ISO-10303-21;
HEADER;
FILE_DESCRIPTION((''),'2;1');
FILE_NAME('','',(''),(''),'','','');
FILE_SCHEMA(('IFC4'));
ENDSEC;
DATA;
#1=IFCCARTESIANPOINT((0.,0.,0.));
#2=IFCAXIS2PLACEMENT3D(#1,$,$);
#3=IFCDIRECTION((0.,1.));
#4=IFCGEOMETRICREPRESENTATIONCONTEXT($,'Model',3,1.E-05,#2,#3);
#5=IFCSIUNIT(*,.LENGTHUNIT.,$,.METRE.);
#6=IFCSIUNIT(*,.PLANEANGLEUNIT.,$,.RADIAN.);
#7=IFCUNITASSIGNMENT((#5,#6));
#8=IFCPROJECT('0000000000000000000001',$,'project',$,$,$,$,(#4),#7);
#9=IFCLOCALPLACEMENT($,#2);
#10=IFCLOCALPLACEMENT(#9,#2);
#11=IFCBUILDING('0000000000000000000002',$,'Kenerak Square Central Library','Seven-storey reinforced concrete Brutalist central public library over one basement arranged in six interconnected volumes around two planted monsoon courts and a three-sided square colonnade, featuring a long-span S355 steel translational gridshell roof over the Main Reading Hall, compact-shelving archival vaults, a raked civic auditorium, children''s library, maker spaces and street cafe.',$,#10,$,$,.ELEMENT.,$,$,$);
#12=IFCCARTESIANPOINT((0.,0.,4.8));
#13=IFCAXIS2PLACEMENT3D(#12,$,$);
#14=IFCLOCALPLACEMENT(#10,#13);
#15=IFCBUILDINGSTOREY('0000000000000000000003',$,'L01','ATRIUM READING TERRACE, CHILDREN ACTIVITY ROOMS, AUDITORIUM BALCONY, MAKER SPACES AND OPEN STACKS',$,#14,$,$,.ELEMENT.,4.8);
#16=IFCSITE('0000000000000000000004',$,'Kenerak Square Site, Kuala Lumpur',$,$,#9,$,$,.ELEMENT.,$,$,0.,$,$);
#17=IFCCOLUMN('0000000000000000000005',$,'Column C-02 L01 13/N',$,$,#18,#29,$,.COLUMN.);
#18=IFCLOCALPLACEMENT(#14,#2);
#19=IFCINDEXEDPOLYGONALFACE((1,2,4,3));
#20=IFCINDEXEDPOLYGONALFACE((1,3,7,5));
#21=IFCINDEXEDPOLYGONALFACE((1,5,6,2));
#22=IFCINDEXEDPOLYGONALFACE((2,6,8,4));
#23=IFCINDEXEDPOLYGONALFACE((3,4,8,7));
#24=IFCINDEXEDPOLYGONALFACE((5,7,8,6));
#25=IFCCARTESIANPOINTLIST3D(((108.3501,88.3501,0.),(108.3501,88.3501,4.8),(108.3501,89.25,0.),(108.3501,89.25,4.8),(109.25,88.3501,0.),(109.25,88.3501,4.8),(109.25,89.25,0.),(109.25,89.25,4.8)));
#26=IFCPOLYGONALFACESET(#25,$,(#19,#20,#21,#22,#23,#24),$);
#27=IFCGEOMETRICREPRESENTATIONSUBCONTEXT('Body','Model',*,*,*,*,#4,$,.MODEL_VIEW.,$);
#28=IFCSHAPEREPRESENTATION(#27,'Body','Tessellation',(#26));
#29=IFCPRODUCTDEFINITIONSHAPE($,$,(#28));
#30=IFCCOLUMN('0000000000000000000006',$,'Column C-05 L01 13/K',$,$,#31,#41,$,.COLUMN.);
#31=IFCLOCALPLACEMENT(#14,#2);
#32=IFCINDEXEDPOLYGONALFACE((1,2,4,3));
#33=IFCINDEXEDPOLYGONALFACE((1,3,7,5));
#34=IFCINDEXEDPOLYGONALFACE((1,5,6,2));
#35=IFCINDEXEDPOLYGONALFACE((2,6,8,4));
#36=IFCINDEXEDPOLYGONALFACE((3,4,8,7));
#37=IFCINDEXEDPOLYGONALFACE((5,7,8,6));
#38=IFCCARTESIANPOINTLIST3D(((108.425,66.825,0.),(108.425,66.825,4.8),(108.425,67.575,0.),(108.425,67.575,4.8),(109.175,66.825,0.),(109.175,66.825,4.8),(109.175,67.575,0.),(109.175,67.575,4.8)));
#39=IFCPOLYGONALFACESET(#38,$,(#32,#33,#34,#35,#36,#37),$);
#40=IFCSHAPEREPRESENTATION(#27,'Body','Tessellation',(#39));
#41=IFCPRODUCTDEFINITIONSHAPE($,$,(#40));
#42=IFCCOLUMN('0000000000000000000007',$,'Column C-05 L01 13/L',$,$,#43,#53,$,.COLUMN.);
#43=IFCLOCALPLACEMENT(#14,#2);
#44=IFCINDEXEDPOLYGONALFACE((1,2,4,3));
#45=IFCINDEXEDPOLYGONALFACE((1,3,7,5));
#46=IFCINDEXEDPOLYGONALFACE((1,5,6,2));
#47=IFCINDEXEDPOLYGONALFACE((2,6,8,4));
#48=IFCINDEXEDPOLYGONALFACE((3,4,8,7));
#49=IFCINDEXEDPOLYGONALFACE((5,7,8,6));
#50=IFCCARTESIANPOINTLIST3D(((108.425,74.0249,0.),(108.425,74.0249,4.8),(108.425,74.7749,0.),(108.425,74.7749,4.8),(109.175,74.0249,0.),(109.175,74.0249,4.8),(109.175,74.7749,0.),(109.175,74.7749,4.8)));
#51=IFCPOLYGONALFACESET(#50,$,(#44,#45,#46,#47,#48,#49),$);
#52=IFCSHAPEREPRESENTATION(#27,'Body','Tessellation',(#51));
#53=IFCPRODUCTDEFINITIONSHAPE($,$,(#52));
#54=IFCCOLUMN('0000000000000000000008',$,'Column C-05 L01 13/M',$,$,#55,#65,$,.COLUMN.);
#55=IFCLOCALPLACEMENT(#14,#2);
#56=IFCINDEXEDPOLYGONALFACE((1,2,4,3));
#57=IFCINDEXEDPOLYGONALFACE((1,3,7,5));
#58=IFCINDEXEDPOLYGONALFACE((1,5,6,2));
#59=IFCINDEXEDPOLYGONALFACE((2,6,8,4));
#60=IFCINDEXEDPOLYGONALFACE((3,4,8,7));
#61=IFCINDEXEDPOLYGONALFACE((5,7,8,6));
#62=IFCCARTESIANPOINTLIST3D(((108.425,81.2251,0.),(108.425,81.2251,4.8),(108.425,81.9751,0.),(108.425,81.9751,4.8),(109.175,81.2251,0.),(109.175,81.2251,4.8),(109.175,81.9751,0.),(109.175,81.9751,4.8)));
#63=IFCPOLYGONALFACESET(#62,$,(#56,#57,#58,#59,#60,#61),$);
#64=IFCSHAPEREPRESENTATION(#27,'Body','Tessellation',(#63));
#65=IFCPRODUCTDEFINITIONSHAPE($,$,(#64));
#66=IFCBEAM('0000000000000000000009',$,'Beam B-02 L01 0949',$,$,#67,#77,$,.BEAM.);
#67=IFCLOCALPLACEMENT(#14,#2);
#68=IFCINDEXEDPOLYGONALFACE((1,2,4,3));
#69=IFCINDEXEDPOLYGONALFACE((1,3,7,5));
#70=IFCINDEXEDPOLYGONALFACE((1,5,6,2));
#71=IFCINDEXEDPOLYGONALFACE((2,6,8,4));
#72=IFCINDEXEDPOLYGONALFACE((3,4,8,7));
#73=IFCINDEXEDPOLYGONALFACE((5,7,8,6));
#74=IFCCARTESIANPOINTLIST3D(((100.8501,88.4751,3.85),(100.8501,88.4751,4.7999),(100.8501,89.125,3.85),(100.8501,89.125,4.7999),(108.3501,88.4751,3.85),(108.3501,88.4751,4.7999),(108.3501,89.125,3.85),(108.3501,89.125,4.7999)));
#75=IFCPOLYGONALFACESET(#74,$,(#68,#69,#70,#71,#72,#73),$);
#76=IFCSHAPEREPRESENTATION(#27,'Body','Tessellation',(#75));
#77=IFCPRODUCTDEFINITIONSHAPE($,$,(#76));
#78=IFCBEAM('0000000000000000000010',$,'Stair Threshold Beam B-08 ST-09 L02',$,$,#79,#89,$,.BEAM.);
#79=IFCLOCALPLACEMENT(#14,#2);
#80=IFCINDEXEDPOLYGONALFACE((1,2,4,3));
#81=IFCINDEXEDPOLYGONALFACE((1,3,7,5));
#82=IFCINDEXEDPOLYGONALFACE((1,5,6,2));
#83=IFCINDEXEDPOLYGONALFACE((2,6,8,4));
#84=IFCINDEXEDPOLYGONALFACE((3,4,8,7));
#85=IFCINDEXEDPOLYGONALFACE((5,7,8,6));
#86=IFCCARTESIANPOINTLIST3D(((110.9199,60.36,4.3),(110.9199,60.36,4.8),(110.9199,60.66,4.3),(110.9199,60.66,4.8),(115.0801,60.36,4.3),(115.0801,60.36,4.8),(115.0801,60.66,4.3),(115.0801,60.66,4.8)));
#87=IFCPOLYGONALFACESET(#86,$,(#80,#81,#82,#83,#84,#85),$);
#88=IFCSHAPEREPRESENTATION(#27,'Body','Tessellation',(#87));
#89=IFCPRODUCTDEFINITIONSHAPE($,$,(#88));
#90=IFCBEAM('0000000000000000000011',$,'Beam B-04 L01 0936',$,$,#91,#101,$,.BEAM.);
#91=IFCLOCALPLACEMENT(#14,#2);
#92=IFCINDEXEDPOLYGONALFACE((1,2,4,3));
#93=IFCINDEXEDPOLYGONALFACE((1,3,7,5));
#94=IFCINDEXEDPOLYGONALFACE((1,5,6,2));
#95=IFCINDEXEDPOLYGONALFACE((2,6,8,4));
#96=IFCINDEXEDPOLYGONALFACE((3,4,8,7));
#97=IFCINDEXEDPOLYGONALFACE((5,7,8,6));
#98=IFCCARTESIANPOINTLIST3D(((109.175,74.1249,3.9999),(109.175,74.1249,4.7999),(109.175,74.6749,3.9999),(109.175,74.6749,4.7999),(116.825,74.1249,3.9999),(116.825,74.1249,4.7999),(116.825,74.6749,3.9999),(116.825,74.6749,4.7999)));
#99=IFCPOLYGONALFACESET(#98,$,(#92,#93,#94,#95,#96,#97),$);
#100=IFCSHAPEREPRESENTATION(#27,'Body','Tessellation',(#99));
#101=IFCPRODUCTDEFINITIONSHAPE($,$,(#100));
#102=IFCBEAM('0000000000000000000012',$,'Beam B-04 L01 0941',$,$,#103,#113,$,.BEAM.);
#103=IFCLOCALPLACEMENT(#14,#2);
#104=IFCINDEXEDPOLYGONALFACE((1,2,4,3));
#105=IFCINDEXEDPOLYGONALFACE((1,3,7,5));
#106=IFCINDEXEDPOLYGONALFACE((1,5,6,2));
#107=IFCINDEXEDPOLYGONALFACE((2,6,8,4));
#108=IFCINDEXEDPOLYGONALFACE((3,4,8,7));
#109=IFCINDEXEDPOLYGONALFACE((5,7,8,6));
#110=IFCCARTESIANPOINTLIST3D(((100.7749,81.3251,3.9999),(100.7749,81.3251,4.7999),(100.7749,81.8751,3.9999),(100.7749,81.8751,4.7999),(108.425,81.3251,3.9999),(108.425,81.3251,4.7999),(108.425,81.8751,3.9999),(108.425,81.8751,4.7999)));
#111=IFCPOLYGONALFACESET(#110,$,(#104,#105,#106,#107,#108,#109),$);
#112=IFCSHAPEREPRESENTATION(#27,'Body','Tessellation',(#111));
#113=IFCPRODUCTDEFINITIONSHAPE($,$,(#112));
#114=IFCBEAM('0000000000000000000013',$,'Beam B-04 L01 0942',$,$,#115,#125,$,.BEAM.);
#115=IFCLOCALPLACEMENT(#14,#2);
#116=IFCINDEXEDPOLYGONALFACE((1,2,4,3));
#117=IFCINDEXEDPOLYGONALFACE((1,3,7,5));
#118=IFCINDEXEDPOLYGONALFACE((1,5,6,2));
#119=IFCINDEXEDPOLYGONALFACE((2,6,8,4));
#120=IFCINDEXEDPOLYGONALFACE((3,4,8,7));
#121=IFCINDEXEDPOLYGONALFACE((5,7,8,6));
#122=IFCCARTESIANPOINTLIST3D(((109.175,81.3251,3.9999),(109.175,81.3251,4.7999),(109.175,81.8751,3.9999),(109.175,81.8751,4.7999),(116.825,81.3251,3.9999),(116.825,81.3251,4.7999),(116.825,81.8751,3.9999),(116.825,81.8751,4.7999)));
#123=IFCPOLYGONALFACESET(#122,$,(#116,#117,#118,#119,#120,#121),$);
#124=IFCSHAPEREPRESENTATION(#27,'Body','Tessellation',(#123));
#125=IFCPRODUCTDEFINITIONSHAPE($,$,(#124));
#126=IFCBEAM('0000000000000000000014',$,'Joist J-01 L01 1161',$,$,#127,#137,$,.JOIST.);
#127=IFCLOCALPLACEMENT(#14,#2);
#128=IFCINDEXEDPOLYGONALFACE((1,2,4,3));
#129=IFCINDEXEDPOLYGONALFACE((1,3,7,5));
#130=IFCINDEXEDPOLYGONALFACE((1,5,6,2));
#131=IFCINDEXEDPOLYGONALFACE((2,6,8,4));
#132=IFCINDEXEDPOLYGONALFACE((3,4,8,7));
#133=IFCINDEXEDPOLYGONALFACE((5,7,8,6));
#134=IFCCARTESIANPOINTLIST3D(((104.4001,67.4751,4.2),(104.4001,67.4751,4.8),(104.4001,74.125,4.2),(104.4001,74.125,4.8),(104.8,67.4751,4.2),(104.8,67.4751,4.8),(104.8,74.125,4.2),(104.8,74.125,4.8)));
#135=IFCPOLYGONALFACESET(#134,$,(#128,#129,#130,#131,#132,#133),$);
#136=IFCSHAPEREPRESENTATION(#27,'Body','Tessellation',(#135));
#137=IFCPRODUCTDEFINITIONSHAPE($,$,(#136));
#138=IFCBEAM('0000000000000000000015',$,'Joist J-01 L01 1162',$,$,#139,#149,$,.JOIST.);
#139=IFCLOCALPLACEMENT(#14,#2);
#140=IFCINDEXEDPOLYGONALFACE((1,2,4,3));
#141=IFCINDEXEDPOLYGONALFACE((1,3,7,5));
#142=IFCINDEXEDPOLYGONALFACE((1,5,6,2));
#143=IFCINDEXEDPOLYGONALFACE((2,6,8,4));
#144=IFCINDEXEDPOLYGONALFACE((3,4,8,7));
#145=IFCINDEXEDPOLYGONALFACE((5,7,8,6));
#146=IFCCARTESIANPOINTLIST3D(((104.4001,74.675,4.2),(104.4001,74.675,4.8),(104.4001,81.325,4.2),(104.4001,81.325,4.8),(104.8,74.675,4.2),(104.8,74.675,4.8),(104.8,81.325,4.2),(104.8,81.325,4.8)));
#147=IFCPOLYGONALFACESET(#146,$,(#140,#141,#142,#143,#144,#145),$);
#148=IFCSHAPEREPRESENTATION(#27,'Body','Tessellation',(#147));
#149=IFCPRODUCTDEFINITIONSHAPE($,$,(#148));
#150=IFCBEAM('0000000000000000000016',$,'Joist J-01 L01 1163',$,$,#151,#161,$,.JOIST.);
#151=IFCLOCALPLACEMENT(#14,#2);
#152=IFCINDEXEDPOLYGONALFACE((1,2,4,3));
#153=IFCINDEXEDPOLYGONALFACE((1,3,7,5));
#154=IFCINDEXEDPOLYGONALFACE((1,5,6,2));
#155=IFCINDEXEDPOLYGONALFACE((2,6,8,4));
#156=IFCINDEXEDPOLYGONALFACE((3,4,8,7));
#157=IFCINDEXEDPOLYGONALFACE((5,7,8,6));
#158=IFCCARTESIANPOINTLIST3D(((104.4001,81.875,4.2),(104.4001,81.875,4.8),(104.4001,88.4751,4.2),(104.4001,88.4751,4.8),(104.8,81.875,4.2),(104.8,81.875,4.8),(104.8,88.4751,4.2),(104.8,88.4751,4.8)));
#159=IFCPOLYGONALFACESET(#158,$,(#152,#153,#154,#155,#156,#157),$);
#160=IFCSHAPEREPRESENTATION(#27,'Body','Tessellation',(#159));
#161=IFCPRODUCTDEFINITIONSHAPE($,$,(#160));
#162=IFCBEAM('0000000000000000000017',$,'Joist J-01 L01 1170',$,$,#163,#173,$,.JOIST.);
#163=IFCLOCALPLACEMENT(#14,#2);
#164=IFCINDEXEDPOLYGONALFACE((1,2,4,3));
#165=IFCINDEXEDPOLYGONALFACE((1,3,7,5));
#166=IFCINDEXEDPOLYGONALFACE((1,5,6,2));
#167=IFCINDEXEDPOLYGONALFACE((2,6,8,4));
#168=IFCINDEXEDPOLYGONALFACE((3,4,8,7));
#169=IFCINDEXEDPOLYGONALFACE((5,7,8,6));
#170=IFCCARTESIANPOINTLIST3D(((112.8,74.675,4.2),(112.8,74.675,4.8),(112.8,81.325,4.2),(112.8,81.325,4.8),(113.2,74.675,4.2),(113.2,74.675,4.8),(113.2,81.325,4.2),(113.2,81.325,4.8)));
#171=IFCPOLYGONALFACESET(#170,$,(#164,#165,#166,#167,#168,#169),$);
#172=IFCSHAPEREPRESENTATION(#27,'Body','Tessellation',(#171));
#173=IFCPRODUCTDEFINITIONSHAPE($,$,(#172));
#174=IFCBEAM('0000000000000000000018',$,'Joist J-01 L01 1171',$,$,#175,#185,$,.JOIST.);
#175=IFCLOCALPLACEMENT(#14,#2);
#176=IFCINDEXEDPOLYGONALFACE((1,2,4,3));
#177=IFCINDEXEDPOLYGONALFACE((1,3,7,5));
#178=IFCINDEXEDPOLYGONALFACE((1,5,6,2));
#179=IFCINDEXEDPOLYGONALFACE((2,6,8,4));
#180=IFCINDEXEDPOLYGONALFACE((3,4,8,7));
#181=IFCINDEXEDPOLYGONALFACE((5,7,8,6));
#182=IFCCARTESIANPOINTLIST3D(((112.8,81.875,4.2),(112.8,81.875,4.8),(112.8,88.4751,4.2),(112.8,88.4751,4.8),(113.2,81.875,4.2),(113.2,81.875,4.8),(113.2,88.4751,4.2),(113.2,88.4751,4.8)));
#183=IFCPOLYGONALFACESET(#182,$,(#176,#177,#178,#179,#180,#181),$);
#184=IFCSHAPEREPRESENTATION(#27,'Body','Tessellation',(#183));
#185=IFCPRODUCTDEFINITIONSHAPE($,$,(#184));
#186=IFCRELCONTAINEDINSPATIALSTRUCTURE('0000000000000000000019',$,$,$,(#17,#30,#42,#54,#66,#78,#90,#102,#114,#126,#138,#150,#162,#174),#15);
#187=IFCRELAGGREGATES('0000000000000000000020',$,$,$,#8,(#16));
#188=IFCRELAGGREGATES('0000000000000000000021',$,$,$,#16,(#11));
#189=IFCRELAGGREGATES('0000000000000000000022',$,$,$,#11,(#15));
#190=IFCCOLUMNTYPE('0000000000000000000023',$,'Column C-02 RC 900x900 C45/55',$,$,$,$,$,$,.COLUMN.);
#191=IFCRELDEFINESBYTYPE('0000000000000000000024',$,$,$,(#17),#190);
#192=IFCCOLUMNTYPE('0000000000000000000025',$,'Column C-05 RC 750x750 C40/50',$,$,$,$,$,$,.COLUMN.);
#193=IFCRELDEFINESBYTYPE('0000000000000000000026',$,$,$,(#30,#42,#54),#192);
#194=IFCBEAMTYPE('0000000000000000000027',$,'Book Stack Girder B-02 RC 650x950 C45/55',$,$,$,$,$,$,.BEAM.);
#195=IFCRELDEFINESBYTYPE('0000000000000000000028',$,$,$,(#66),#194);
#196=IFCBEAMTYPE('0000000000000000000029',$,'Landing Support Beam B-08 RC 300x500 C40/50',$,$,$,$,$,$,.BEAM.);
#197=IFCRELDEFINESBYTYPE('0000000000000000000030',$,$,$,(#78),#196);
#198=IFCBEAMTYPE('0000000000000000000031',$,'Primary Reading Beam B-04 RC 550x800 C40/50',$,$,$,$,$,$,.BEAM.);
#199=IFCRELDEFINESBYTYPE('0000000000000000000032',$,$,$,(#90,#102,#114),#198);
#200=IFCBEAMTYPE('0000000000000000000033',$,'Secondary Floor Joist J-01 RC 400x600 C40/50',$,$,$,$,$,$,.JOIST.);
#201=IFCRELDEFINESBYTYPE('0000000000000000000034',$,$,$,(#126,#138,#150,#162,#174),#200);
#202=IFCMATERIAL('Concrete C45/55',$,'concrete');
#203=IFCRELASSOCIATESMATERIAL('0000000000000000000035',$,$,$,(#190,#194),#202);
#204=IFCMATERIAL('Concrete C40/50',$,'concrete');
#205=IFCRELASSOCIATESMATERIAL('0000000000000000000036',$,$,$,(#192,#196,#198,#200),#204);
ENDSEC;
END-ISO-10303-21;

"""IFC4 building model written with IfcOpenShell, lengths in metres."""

from ifc_helpers import new_model, si_unit, direction, frame, origin, origin_2d, place, context, subcontext, project, spatial, rectangle, extrude, material, material_profile, profile_set, type_object, element, save


model = new_model("IFC4")

# Units and contexts
model_context = context("Model", 3, precision=1e-05, world=origin(), true_north=direction((0.0, 1.0)))
body_context = subcontext(model_context, "Body", "Model", "MODEL_VIEW")
ifc_project = project(units=[si_unit("LENGTHUNIT", "METRE"), si_unit("PLANEANGLEUNIT", "RADIAN")], contexts=[model_context])

# Site, building, storey
site_placement = place(None, origin())
site = spatial("IfcSite", under=ifc_project, at=site_placement, Name="Kenerak Square Site, Kuala Lumpur", CompositionType="ELEMENT", RefElevation=0.0)
building_placement = place(site_placement, origin())
building = spatial("IfcBuilding", under=site, at=building_placement, Name="Kenerak Square Central Library", Description="Seven-storey reinforced concrete Brutalist central public library over one basement arranged in six interconnected volumes around two planted monsoon courts and a three-sided square colonnade, featuring a long-span S355 steel translational gridshell roof over the Main Reading Hall, compact-shelving archival vaults, a raked civic auditorium, children's library, maker spaces and street cafe.", CompositionType="ELEMENT")
storey_placement = place(building_placement, frame((0.0, 0.0, 4.8)))
storey = spatial("IfcBuildingStorey", under=building, at=storey_placement, Name="L01", Description="ATRIUM READING TERRACE, CHILDREN ACTIVITY ROOMS, AUDITORIUM BALCONY, MAKER SPACES AND OPEN STACKS", CompositionType="ELEMENT", Elevation=4.8)

# Columns
ifc_material_1 = material(Name="Concrete C45/55", Category="concrete")
ifc_material_profile_1 = material_profile(ifc_material_1, rectangle(XDim=0.8999, YDim=0.8999, at=origin_2d()), Name="RC 900x900")
ifc_profile_set_1 = profile_set([ifc_material_profile_1], Name="Concrete C45/55")
column_type_1 = type_object("IfcColumnType", Name="Column C-02 RC 900x900 C45/55", PredefinedType="COLUMN", material=ifc_profile_set_1)
column_placement = place(storey_placement, frame((108.8, 88.8, 0.0), z_axis=(0.0, 0.0, 1.0), x_axis=(1.0, 0.0, 0.0)))
element("IfcColumn", 1, at=column_placement, inside=storey, type_object=column_type_1, Name="Column C-02 L01 13/N", PredefinedType="COLUMN", context=body_context, shape_type="SweptSolid", body=[
    extrude(rectangle(XDim=0.8999, YDim=0.8999, at=origin_2d()), origin(), (0.0, 0.0, 1.0), 4.8),
])
ifc_material_2 = material(Name="Concrete C40/50", Category="concrete")
ifc_material_profile_2 = material_profile(ifc_material_2, rectangle(XDim=0.75, YDim=0.75, at=origin_2d()), Name="RC 750x750")
ifc_profile_set_2 = profile_set([ifc_material_profile_2], Name="Concrete C40/50")
column_type_2 = type_object("IfcColumnType", Name="Column C-05 RC 750x750 C40/50", PredefinedType="COLUMN", material=ifc_profile_set_2)
for number, where, z_axis, x_axis, name in (
    (2, (108.8, 67.2, 0.0), (0.0, 0.0, 1.0), (1.0, 0.0, 0.0), "Column C-05 L01 13/K"),
    (3, (108.8, 74.3999, 0.0), (0.0, 0.0, 1.0), (1.0, 0.0, 0.0), "Column C-05 L01 13/L"),
    (4, (108.8, 81.6001, 0.0), (0.0, 0.0, 1.0), (1.0, 0.0, 0.0), "Column C-05 L01 13/M"),
):
    element("IfcColumn", number, at=place(storey_placement, frame(where, z_axis=z_axis, x_axis=x_axis)), inside=storey, type_object=column_type_2, Name=name, PredefinedType="COLUMN", context=body_context, shape_type="SweptSolid", body=[
        extrude(rectangle(XDim=0.75, YDim=0.75, at=origin_2d()), origin(), (0.0, 0.0, 1.0), 4.8),
    ])

# Beams
ifc_material_profile_3 = material_profile(ifc_material_1, rectangle(XDim=0.6499, YDim=0.95, at=origin_2d()), Name="RC 650x950")
ifc_profile_set_3 = profile_set([ifc_material_profile_3], Name="Concrete C45/55")
beam_type_1 = type_object("IfcBeamType", Name="Book Stack Girder B-02 RC 650x950 C45/55", PredefinedType="BEAM", material=ifc_profile_set_3)
beam_1_placement = place(storey_placement, frame((100.8501, 88.8, 4.325), z_axis=(1.0, 0.0, 0.0), x_axis=(0.0, 1.0, 0.0)))
element("IfcBeam", 5, at=beam_1_placement, inside=storey, type_object=beam_type_1, Name="Beam B-02 L01 0949", PredefinedType="BEAM", context=body_context, shape_type="SweptSolid", body=[
    extrude(rectangle(XDim=0.6499, YDim=0.95, at=origin_2d()), origin(), (0.0, 0.0, 1.0), 7.5),
])
ifc_material_profile_4 = material_profile(ifc_material_2, rectangle(XDim=0.3, YDim=0.5, at=origin_2d()), Name="RC 300x500")
ifc_profile_set_4 = profile_set([ifc_material_profile_4], Name="Concrete C40/50")
beam_type_2 = type_object("IfcBeamType", Name="Landing Support Beam B-08 RC 300x500 C40/50", PredefinedType="BEAM", material=ifc_profile_set_4)
beam_2_placement = place(storey_placement, frame((110.9199, 60.51, 4.55), z_axis=(1.0, 0.0, 0.0), x_axis=(0.0, 1.0, 0.0)))
element("IfcBeam", 6, at=beam_2_placement, inside=storey, type_object=beam_type_2, Name="Stair Threshold Beam B-08 ST-09 L02", PredefinedType="BEAM", context=body_context, shape_type="SweptSolid", body=[
    extrude(rectangle(XDim=0.3, YDim=0.5, at=origin_2d()), origin(), (0.0, 0.0, 1.0), 4.1602),
])
ifc_material_profile_5 = material_profile(ifc_material_2, rectangle(XDim=0.55, YDim=0.8, at=origin_2d()), Name="RC 550x800")
ifc_profile_set_5 = profile_set([ifc_material_profile_5], Name="Concrete C40/50")
beam_type_3 = type_object("IfcBeamType", Name="Primary Reading Beam B-04 RC 550x800 C40/50", PredefinedType="BEAM", material=ifc_profile_set_5)
beam_3_placement = place(storey_placement, frame((109.175, 74.3999, 4.3999), z_axis=(1.0, 0.0, 0.0), x_axis=(0.0, 1.0, 0.0)))
element("IfcBeam", 7, at=beam_3_placement, inside=storey, type_object=beam_type_3, Name="Beam B-04 L01 0936", PredefinedType="BEAM", context=body_context, shape_type="SweptSolid", body=[
    extrude(rectangle(XDim=0.55, YDim=0.8, at=origin_2d()), origin(), (0.0, 0.0, 1.0), 7.6499),
])
beam_4_placement = place(storey_placement, frame((100.7749, 81.6001, 4.3999), z_axis=(1.0, 0.0, 0.0), x_axis=(0.0, 1.0, 0.0)))
element("IfcBeam", 8, at=beam_4_placement, inside=storey, type_object=beam_type_3, Name="Beam B-04 L01 0941", PredefinedType="BEAM", context=body_context, shape_type="SweptSolid", body=[
    extrude(rectangle(XDim=0.55, YDim=0.8, at=origin_2d()), origin(), (0.0, 0.0, 1.0), 7.6501),
])
beam_5_placement = place(storey_placement, frame((109.175, 81.6001, 4.3999), z_axis=(1.0, 0.0, 0.0), x_axis=(0.0, 1.0, 0.0)))
element("IfcBeam", 9, at=beam_5_placement, inside=storey, type_object=beam_type_3, Name="Beam B-04 L01 0942", PredefinedType="BEAM", context=body_context, shape_type="SweptSolid", body=[
    extrude(rectangle(XDim=0.55, YDim=0.8, at=origin_2d()), origin(), (0.0, 0.0, 1.0), 7.6499),
])
ifc_material_profile_6 = material_profile(ifc_material_2, rectangle(XDim=0.3999, YDim=0.6001, at=origin_2d()), Name="RC 400x600")
ifc_profile_set_6 = profile_set([ifc_material_profile_6], Name="Concrete C40/50")
beam_type_4 = type_object("IfcBeamType", Name="Secondary Floor Joist J-01 RC 400x600 C40/50", PredefinedType="JOIST", material=ifc_profile_set_6)
for number, where, z_axis, x_axis, name in (
    (10, (104.6001, 67.4751, 4.5), (0.0, 1.0, 0.0), (-1.0, 0.0, 0.0), "Joist J-01 L01 1161"),
    (11, (104.6001, 74.675, 4.5), (0.0, 1.0, 0.0), (-1.0, 0.0, 0.0), "Joist J-01 L01 1162"),
):
    element("IfcBeam", number, at=place(storey_placement, frame(where, z_axis=z_axis, x_axis=x_axis)), inside=storey, type_object=beam_type_4, Name=name, PredefinedType="JOIST", context=body_context, shape_type="SweptSolid", body=[
        extrude(rectangle(XDim=0.3999, YDim=0.6001, at=origin_2d()), origin(), (0.0, 0.0, 1.0), 6.6499),
    ])
beam_6_placement = place(storey_placement, frame((104.6001, 81.875, 4.5), z_axis=(0.0, 1.0, 0.0), x_axis=(-1.0, 0.0, 0.0)))
element("IfcBeam", 12, at=beam_6_placement, inside=storey, type_object=beam_type_4, Name="Joist J-01 L01 1163", PredefinedType="JOIST", context=body_context, shape_type="SweptSolid", body=[
    extrude(rectangle(XDim=0.3999, YDim=0.6001, at=origin_2d()), origin(), (0.0, 0.0, 1.0), 6.6001),
])
beam_7_placement = place(storey_placement, frame((113.0, 74.675, 4.5), z_axis=(0.0, 1.0, 0.0), x_axis=(-1.0, 0.0, 0.0)))
element("IfcBeam", 13, at=beam_7_placement, inside=storey, type_object=beam_type_4, Name="Joist J-01 L01 1170", PredefinedType="JOIST", context=body_context, shape_type="SweptSolid", body=[
    extrude(rectangle(XDim=0.3999, YDim=0.6001, at=origin_2d()), origin(), (0.0, 0.0, 1.0), 6.6499),
])
beam_8_placement = place(storey_placement, frame((113.0, 81.875, 4.5), z_axis=(0.0, 1.0, 0.0), x_axis=(-1.0, 0.0, 0.0)))
element("IfcBeam", 14, at=beam_8_placement, inside=storey, type_object=beam_type_4, Name="Joist J-01 L01 1171", PredefinedType="JOIST", context=body_context, shape_type="SweptSolid", body=[
    extrude(rectangle(XDim=0.3999, YDim=0.6001, at=origin_2d()), origin(), (0.0, 0.0, 1.0), 6.6001),
])

save(model, "model.ifc")
